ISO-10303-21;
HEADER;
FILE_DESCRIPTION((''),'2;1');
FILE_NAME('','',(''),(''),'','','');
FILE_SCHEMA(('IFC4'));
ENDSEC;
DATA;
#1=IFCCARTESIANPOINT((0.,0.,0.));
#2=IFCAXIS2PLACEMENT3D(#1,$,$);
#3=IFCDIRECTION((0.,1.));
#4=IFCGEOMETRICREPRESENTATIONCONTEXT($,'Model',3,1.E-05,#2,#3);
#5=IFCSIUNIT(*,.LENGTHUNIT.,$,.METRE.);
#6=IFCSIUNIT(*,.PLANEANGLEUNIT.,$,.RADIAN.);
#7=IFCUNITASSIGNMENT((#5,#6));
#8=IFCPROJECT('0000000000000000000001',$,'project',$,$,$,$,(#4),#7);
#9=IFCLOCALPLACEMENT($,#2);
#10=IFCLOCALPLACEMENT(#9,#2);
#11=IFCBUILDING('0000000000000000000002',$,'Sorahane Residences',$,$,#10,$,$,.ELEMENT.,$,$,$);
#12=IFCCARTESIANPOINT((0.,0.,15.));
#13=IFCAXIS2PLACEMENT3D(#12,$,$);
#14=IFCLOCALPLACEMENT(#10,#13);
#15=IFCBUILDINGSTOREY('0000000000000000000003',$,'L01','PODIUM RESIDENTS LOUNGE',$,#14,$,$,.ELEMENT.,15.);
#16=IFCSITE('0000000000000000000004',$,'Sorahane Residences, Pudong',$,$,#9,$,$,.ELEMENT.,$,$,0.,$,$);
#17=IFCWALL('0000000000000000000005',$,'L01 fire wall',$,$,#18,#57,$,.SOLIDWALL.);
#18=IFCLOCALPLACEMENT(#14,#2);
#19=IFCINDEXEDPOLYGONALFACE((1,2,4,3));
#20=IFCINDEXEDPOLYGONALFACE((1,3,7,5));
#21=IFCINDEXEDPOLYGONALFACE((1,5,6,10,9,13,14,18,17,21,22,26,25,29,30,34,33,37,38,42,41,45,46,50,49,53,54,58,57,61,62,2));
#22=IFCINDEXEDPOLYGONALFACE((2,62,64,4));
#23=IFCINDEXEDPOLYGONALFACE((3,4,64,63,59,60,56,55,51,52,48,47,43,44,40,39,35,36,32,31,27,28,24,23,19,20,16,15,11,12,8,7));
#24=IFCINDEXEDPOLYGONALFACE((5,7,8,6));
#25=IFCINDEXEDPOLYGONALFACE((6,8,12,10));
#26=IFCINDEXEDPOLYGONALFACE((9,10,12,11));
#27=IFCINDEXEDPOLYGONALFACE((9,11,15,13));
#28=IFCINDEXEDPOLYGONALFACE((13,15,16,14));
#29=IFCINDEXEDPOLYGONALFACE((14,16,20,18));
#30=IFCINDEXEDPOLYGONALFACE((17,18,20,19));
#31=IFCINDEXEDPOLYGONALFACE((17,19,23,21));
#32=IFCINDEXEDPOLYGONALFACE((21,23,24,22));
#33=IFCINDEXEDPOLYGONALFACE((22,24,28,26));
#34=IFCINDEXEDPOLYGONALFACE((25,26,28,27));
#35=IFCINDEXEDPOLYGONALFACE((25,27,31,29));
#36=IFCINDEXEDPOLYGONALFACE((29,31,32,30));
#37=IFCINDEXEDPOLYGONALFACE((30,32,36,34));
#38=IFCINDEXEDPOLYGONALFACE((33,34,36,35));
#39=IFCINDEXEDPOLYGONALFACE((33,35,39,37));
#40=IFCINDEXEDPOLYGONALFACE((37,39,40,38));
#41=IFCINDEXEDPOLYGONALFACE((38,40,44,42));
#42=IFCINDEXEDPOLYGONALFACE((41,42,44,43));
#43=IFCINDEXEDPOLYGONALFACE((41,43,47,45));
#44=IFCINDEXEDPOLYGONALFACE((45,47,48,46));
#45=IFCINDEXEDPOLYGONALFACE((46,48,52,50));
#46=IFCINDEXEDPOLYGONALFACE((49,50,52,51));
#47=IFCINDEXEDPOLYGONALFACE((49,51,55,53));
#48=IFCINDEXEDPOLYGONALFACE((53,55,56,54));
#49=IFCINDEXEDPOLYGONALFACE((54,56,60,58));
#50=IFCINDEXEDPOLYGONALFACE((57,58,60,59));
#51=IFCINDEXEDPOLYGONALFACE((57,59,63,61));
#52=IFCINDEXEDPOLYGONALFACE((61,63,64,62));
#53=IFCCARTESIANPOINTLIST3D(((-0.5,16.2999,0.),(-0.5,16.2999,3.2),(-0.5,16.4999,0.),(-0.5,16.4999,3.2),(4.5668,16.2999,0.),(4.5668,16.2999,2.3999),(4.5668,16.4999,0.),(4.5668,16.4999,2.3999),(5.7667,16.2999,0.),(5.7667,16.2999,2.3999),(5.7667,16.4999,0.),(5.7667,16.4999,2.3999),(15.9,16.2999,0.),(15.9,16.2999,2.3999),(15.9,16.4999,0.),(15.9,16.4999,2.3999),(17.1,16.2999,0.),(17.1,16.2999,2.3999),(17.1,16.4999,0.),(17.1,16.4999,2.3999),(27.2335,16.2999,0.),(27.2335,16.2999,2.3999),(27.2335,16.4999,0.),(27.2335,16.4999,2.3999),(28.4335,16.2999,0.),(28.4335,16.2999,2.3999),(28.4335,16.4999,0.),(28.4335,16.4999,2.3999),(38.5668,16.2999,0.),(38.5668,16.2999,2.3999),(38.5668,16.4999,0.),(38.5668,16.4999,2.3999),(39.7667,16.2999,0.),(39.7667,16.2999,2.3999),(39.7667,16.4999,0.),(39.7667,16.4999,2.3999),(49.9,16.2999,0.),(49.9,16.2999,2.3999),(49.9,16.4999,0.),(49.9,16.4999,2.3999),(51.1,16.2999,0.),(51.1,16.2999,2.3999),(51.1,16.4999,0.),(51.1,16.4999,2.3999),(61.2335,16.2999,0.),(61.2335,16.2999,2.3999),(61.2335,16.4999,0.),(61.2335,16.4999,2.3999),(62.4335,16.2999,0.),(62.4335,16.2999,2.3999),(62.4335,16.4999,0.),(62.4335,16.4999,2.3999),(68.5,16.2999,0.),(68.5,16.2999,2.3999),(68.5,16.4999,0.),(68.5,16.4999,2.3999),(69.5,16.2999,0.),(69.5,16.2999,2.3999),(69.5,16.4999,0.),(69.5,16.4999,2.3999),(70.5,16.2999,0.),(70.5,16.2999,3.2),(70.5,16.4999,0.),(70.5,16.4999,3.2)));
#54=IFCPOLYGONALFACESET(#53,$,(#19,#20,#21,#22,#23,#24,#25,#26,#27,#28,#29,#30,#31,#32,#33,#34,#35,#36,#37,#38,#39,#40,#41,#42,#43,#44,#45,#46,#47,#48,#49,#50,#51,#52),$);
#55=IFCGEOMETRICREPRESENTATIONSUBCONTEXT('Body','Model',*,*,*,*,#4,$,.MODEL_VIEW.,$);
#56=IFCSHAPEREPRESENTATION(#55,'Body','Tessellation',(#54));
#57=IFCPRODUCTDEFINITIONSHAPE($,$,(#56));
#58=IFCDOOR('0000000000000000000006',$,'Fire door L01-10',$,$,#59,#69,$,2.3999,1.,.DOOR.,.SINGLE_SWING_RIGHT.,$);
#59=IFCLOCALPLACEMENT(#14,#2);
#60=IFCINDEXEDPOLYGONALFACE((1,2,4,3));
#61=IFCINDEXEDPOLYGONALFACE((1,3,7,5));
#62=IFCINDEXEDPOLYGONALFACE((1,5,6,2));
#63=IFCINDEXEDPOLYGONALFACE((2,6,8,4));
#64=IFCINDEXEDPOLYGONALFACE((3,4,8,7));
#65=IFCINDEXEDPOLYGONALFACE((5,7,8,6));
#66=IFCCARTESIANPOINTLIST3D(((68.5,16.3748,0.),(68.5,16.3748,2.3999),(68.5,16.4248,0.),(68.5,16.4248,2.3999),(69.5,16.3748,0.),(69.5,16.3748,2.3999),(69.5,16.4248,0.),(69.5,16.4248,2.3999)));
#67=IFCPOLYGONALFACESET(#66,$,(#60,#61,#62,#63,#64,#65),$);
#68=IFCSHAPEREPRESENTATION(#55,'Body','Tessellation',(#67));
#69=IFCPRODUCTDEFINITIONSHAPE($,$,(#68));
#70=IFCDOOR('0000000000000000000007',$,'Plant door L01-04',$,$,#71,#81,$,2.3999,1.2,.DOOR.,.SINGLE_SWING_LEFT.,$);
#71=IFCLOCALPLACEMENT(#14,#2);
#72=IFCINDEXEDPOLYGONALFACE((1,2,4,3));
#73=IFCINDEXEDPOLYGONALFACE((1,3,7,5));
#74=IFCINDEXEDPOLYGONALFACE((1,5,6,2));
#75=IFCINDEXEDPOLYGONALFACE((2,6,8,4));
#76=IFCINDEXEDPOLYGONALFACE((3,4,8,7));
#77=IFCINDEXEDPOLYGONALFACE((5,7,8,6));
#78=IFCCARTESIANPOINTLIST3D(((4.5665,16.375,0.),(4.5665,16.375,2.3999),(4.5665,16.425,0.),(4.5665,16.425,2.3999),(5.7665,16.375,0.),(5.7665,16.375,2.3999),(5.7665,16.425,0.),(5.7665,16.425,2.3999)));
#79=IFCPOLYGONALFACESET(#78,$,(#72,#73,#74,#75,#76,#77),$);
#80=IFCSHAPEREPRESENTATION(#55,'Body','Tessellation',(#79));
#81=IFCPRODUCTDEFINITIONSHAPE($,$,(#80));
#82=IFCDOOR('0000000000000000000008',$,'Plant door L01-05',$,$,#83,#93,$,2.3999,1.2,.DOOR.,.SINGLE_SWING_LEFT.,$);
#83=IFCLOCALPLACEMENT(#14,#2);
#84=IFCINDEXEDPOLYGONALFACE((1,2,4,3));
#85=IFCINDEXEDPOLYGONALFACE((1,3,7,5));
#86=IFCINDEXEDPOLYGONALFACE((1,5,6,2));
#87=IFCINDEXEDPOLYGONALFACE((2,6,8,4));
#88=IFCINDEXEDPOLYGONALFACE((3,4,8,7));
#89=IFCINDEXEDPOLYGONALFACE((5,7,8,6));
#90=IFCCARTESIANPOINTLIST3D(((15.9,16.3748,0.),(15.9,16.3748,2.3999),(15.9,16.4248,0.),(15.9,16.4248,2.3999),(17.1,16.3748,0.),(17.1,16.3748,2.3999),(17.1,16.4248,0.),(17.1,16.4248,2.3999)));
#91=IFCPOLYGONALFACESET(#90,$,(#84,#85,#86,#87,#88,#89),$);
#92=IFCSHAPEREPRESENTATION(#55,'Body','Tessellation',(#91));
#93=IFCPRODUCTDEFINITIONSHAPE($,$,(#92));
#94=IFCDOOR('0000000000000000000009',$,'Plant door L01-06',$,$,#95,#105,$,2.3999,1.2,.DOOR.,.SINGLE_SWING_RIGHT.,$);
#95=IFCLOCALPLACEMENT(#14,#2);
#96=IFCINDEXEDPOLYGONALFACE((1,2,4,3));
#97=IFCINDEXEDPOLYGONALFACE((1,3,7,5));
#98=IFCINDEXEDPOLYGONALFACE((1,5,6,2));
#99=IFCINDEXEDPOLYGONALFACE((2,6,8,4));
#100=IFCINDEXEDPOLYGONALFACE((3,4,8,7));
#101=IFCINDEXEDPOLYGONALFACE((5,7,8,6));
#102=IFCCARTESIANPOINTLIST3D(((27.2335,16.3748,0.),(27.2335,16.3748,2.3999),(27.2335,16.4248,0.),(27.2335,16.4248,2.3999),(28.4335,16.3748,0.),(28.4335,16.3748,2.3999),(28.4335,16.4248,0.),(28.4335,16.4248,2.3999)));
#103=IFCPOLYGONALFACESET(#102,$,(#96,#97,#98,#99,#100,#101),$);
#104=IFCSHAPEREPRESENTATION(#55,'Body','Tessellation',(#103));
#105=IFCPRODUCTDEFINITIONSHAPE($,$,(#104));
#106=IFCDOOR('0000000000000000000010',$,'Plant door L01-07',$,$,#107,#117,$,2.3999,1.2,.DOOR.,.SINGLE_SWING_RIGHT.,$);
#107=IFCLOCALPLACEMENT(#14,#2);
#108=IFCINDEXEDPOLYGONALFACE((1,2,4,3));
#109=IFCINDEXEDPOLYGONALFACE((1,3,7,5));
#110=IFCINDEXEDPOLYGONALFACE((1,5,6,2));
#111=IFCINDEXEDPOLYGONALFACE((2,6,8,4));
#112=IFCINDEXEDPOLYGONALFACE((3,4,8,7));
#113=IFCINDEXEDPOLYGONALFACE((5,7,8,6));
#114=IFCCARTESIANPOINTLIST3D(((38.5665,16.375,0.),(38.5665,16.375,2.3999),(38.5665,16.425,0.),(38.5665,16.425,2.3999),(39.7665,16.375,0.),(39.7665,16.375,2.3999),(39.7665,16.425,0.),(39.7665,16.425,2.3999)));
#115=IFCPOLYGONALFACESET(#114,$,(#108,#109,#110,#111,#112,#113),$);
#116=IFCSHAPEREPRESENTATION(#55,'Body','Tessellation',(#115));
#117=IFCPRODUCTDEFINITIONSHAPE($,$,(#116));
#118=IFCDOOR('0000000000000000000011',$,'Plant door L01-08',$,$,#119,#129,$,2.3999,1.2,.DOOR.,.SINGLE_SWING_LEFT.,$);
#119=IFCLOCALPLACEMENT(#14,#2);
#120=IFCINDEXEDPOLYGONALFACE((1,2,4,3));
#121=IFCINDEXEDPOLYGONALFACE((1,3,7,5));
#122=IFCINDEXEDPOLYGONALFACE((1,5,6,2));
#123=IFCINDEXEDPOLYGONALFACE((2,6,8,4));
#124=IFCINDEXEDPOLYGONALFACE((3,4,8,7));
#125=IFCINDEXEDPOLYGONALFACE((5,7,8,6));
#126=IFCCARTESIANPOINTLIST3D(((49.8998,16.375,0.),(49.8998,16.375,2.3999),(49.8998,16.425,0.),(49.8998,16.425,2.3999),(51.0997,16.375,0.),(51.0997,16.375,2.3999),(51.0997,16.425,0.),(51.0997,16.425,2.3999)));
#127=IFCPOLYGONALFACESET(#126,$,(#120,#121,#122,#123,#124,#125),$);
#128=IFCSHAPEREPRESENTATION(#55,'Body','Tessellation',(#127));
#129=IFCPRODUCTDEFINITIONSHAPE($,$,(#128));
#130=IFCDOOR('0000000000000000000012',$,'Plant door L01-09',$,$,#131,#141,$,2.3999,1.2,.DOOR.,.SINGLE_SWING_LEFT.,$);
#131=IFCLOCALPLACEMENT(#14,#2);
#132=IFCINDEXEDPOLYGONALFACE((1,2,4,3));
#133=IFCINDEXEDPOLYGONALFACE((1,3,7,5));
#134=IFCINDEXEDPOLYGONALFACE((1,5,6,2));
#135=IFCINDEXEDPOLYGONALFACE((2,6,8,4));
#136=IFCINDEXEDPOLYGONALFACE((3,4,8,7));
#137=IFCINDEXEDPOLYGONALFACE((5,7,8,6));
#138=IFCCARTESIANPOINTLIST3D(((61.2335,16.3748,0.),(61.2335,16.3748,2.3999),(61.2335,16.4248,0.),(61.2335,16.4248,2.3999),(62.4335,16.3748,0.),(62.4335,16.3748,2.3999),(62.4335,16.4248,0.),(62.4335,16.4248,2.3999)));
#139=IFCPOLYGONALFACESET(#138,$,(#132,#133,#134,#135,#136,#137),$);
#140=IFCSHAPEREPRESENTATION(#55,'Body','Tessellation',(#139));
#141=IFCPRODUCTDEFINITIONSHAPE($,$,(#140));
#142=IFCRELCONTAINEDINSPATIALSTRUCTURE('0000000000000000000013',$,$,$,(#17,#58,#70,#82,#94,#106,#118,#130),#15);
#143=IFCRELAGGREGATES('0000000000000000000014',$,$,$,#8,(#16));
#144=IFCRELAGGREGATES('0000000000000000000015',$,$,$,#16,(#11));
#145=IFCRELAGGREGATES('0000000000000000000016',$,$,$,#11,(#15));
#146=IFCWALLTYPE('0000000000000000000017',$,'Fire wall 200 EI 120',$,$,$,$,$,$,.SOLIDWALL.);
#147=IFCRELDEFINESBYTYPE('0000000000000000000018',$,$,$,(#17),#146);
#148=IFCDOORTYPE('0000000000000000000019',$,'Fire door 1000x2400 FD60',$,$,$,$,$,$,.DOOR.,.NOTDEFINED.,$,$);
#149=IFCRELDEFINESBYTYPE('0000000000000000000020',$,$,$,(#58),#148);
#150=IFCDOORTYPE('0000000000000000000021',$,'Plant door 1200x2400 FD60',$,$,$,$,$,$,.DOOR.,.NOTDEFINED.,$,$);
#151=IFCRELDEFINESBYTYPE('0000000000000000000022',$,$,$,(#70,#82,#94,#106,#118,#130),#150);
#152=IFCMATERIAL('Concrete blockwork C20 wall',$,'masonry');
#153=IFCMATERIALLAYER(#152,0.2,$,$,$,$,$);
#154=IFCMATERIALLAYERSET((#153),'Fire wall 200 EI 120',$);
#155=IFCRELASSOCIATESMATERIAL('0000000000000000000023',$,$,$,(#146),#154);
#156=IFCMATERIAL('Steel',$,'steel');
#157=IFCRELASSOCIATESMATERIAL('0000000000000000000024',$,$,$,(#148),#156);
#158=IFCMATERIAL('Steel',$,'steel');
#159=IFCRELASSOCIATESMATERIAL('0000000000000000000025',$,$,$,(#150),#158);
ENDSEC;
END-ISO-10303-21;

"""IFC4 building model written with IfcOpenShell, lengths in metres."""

from ifc_helpers import new_model, si_unit, direction, frame, frame_2d, origin, place, context, subcontext, project, spatial, rectangle, extrude, material, layer, layer_set, type_object, element, fill, save


model = new_model("IFC4")

# Units and contexts
model_context = context("Model", 3, precision=1e-05, world=origin(), true_north=direction((0.0, 1.0)))
body_context = subcontext(model_context, "Body", "Model", "MODEL_VIEW")
ifc_project = project(units=[si_unit("LENGTHUNIT", "METRE"), si_unit("PLANEANGLEUNIT", "RADIAN")], contexts=[model_context])

# Site, building, storey
site_placement = place(None, origin())
site = spatial("IfcSite", under=ifc_project, at=site_placement, Name="Sorahane Residences, Pudong", CompositionType="ELEMENT", RefElevation=0.0)
building_placement = place(site_placement, origin())
building = spatial("IfcBuilding", under=site, at=building_placement, Name="Sorahane Residences", CompositionType="ELEMENT")
storey_placement = place(building_placement, frame((0.0, 0.0, 15.0)))
storey = spatial("IfcBuildingStorey", under=building, at=storey_placement, Name="L01", Description="PODIUM RESIDENTS LOUNGE", CompositionType="ELEMENT", Elevation=15.0)

# Wall, openings, doors
ifc_material_1 = material(Name="Concrete blockwork C20 wall", Category="masonry")
ifc_layer_1 = layer(ifc_material_1, 0.2)
ifc_layer_set_1 = layer_set([ifc_layer_1], Name="Fire wall 200 EI 120")
wall_type_1 = type_object("IfcWallType", Name="Fire wall 200 EI 120", PredefinedType="SOLIDWALL", material=ifc_layer_set_1)
wall_1_placement = place(storey_placement, frame((-0.5, 16.3999, 0.0), z_axis=(0.0, 0.0, 1.0), x_axis=(1.0, 0.0, 0.0)))
wall_1 = element("IfcWall", 1, at=wall_1_placement, inside=storey, type_object=wall_type_1, Name="L01 fire wall", PredefinedType="SOLIDWALL", context=body_context, shape_type="SweptSolid", body=[
    extrude(rectangle(XDim=71.0, YDim=0.2, at=frame_2d((35.5, 0.0))), origin(), (0.0, 0.0, 1.0), 3.2),
])
opening_1_placement = place(wall_1_placement, frame((5.0667, 0.0, 0.0)))
opening_1 = element("IfcOpeningElement", 2, at=opening_1_placement, cuts=wall_1, PredefinedType="OPENING", context=body_context, shape_type="SweptSolid", body=[
    extrude(rectangle(XDim=1.2, YDim=2.3999, at=frame_2d((0.6001, 1.2))), frame((0.0, 0.1099, 0.0), z_axis=(0.0, -1.0, 0.0), x_axis=(1.0, 0.0, 0.0)), (0.0, 0.0, 1.0), 0.22),
])
opening_2_placement = place(wall_1_placement, frame((16.3999, 0.0, 0.0)))
opening_2 = element("IfcOpeningElement", 3, at=opening_2_placement, cuts=wall_1, PredefinedType="OPENING", context=body_context, shape_type="SweptSolid", body=[
    extrude(rectangle(XDim=1.2, YDim=2.3999, at=frame_2d((0.6001, 1.2))), frame((0.0, 0.1099, 0.0), z_axis=(0.0, -1.0, 0.0), x_axis=(1.0, 0.0, 0.0)), (0.0, 0.0, 1.0), 0.22),
])
opening_3_placement = place(wall_1_placement, frame((27.7334, 0.0, 0.0)))
opening_3 = element("IfcOpeningElement", 4, at=opening_3_placement, cuts=wall_1, PredefinedType="OPENING", context=body_context, shape_type="SweptSolid", body=[
    extrude(rectangle(XDim=1.2, YDim=2.3999, at=frame_2d((0.6001, 1.2))), frame((0.0, 0.1099, 0.0), z_axis=(0.0, -1.0, 0.0), x_axis=(1.0, 0.0, 0.0)), (0.0, 0.0, 1.0), 0.22),
])
opening_4_placement = place(wall_1_placement, frame((39.0667, 0.0, 0.0)))
opening_4 = element("IfcOpeningElement", 5, at=opening_4_placement, cuts=wall_1, PredefinedType="OPENING", context=body_context, shape_type="SweptSolid", body=[
    extrude(rectangle(XDim=1.2, YDim=2.3999, at=frame_2d((0.6001, 1.2))), frame((0.0, 0.1099, 0.0), z_axis=(0.0, -1.0, 0.0), x_axis=(1.0, 0.0, 0.0)), (0.0, 0.0, 1.0), 0.22),
])
opening_5_placement = place(wall_1_placement, frame((50.3999, 0.0, 0.0)))
opening_5 = element("IfcOpeningElement", 6, at=opening_5_placement, cuts=wall_1, PredefinedType="OPENING", context=body_context, shape_type="SweptSolid", body=[
    extrude(rectangle(XDim=1.2, YDim=2.3999, at=frame_2d((0.6001, 1.2))), frame((0.0, 0.1099, 0.0), z_axis=(0.0, -1.0, 0.0), x_axis=(1.0, 0.0, 0.0)), (0.0, 0.0, 1.0), 0.22),
])
opening_6_placement = place(wall_1_placement, frame((61.7334, 0.0, 0.0)))
opening_6 = element("IfcOpeningElement", 7, at=opening_6_placement, cuts=wall_1, PredefinedType="OPENING", context=body_context, shape_type="SweptSolid", body=[
    extrude(rectangle(XDim=1.2, YDim=2.3999, at=frame_2d((0.6001, 1.2))), frame((0.0, 0.1099, 0.0), z_axis=(0.0, -1.0, 0.0), x_axis=(1.0, 0.0, 0.0)), (0.0, 0.0, 1.0), 0.22),
])
opening_7_placement = place(wall_1_placement, frame((69.0, 0.0, 0.0)))
opening_7 = element("IfcOpeningElement", 8, at=opening_7_placement, cuts=wall_1, PredefinedType="OPENING", context=body_context, shape_type="SweptSolid", body=[
    extrude(rectangle(XDim=1.0, YDim=2.3999, at=frame_2d((0.5, 1.2))), frame((0.0, 0.1099, 0.0), z_axis=(0.0, -1.0, 0.0), x_axis=(1.0, 0.0, 0.0)), (0.0, 0.0, 1.0), 0.22),
])
ifc_material_2 = material(Name="Steel", Category="steel")
door_type_1 = type_object("IfcDoorType", Name="Fire door 1000x2400 FD60", OperationType="NOTDEFINED", PredefinedType="DOOR", material=ifc_material_2)
door_1_placement = place(opening_7_placement, origin())
door_1 = element("IfcDoor", 9, at=door_1_placement, inside=storey, type_object=door_type_1, Name="Fire door L01-10", OperationType="SINGLE_SWING_RIGHT", OverallHeight=2.3999, OverallWidth=1.0, PredefinedType="DOOR", context=body_context, shape_type="SweptSolid", body=[
    extrude(rectangle(XDim=1.0, YDim=2.3999, at=frame_2d((0.5, 1.2))), frame((0.0, 0.0249, 0.0), z_axis=(0.0, -1.0, 0.0), x_axis=(1.0, 0.0, 0.0)), (0.0, 0.0, 1.0), 0.05),
])
fill(opening_7, door_1)
ifc_material_3 = material(Name="Steel", Category="steel")
door_type_2 = type_object("IfcDoorType", Name="Plant door 1200x2400 FD60", OperationType="NOTDEFINED", PredefinedType="DOOR", material=ifc_material_3)
door_2_placement = place(opening_1_placement, frame((1.2, 0.0, 0.0), z_axis=(0.0, 0.0, 1.0), x_axis=(-1.0, 0.0, 0.0)))
door_2 = element("IfcDoor", 10, at=door_2_placement, inside=storey, type_object=door_type_2, Name="Plant door L01-04", OperationType="SINGLE_SWING_LEFT", OverallHeight=2.3999, OverallWidth=1.2, PredefinedType="DOOR", context=body_context, shape_type="SweptSolid", body=[
    extrude(rectangle(XDim=1.2, YDim=2.3999, at=frame_2d((0.6001, 1.2))), frame((0.0, 0.0249, 0.0), z_axis=(0.0, -1.0, 0.0), x_axis=(1.0, 0.0, 0.0)), (0.0, 0.0, 1.0), 0.05),
])
fill(opening_1, door_2)
door_3_placement = place(opening_2_placement, origin())
door_3 = element("IfcDoor", 11, at=door_3_placement, inside=storey, type_object=door_type_2, Name="Plant door L01-05", OperationType="SINGLE_SWING_LEFT", OverallHeight=2.3999, OverallWidth=1.2, PredefinedType="DOOR", context=body_context, shape_type="SweptSolid", body=[
    extrude(rectangle(XDim=1.2, YDim=2.3999, at=frame_2d((0.6001, 1.2))), frame((0.0, 0.0249, 0.0), z_axis=(0.0, -1.0, 0.0), x_axis=(1.0, 0.0, 0.0)), (0.0, 0.0, 1.0), 0.05),
])
fill(opening_2, door_3)
door_4_placement = place(opening_3_placement, origin())
door_4 = element("IfcDoor", 12, at=door_4_placement, inside=storey, type_object=door_type_2, Name="Plant door L01-06", OperationType="SINGLE_SWING_RIGHT", OverallHeight=2.3999, OverallWidth=1.2, PredefinedType="DOOR", context=body_context, shape_type="SweptSolid", body=[
    extrude(rectangle(XDim=1.2, YDim=2.3999, at=frame_2d((0.6001, 1.2))), frame((0.0, 0.0249, 0.0), z_axis=(0.0, -1.0, 0.0), x_axis=(1.0, 0.0, 0.0)), (0.0, 0.0, 1.0), 0.05),
])
fill(opening_3, door_4)
door_5_placement = place(opening_4_placement, frame((1.2, 0.0, 0.0), z_axis=(0.0, 0.0, 1.0), x_axis=(-1.0, 0.0, 0.0)))
door_5 = element("IfcDoor", 13, at=door_5_placement, inside=storey, type_object=door_type_2, Name="Plant door L01-07", OperationType="SINGLE_SWING_RIGHT", OverallHeight=2.3999, OverallWidth=1.2, PredefinedType="DOOR", context=body_context, shape_type="SweptSolid", body=[
    extrude(rectangle(XDim=1.2, YDim=2.3999, at=frame_2d((0.6001, 1.2))), frame((0.0, 0.0249, 0.0), z_axis=(0.0, -1.0, 0.0), x_axis=(1.0, 0.0, 0.0)), (0.0, 0.0, 1.0), 0.05),
])
fill(opening_4, door_5)
door_6_placement = place(opening_5_placement, frame((1.2, 0.0, 0.0), z_axis=(0.0, 0.0, 1.0), x_axis=(-1.0, 0.0, 0.0)))
door_6 = element("IfcDoor", 14, at=door_6_placement, inside=storey, type_object=door_type_2, Name="Plant door L01-08", OperationType="SINGLE_SWING_LEFT", OverallHeight=2.3999, OverallWidth=1.2, PredefinedType="DOOR", context=body_context, shape_type="SweptSolid", body=[
    extrude(rectangle(XDim=1.2, YDim=2.3999, at=frame_2d((0.6001, 1.2))), frame((0.0, 0.0249, 0.0), z_axis=(0.0, -1.0, 0.0), x_axis=(1.0, 0.0, 0.0)), (0.0, 0.0, 1.0), 0.05),
])
fill(opening_5, door_6)
door_7_placement = place(opening_6_placement, origin())
door_7 = element("IfcDoor", 15, at=door_7_placement, inside=storey, type_object=door_type_2, Name="Plant door L01-09", OperationType="SINGLE_SWING_LEFT", OverallHeight=2.3999, OverallWidth=1.2, PredefinedType="DOOR", context=body_context, shape_type="SweptSolid", body=[
    extrude(rectangle(XDim=1.2, YDim=2.3999, at=frame_2d((0.6001, 1.2))), frame((0.0, 0.0249, 0.0), z_axis=(0.0, -1.0, 0.0), x_axis=(1.0, 0.0, 0.0)), (0.0, 0.0, 1.0), 0.05),
])
fill(opening_6, door_7)

save(model, "model.ifc")
